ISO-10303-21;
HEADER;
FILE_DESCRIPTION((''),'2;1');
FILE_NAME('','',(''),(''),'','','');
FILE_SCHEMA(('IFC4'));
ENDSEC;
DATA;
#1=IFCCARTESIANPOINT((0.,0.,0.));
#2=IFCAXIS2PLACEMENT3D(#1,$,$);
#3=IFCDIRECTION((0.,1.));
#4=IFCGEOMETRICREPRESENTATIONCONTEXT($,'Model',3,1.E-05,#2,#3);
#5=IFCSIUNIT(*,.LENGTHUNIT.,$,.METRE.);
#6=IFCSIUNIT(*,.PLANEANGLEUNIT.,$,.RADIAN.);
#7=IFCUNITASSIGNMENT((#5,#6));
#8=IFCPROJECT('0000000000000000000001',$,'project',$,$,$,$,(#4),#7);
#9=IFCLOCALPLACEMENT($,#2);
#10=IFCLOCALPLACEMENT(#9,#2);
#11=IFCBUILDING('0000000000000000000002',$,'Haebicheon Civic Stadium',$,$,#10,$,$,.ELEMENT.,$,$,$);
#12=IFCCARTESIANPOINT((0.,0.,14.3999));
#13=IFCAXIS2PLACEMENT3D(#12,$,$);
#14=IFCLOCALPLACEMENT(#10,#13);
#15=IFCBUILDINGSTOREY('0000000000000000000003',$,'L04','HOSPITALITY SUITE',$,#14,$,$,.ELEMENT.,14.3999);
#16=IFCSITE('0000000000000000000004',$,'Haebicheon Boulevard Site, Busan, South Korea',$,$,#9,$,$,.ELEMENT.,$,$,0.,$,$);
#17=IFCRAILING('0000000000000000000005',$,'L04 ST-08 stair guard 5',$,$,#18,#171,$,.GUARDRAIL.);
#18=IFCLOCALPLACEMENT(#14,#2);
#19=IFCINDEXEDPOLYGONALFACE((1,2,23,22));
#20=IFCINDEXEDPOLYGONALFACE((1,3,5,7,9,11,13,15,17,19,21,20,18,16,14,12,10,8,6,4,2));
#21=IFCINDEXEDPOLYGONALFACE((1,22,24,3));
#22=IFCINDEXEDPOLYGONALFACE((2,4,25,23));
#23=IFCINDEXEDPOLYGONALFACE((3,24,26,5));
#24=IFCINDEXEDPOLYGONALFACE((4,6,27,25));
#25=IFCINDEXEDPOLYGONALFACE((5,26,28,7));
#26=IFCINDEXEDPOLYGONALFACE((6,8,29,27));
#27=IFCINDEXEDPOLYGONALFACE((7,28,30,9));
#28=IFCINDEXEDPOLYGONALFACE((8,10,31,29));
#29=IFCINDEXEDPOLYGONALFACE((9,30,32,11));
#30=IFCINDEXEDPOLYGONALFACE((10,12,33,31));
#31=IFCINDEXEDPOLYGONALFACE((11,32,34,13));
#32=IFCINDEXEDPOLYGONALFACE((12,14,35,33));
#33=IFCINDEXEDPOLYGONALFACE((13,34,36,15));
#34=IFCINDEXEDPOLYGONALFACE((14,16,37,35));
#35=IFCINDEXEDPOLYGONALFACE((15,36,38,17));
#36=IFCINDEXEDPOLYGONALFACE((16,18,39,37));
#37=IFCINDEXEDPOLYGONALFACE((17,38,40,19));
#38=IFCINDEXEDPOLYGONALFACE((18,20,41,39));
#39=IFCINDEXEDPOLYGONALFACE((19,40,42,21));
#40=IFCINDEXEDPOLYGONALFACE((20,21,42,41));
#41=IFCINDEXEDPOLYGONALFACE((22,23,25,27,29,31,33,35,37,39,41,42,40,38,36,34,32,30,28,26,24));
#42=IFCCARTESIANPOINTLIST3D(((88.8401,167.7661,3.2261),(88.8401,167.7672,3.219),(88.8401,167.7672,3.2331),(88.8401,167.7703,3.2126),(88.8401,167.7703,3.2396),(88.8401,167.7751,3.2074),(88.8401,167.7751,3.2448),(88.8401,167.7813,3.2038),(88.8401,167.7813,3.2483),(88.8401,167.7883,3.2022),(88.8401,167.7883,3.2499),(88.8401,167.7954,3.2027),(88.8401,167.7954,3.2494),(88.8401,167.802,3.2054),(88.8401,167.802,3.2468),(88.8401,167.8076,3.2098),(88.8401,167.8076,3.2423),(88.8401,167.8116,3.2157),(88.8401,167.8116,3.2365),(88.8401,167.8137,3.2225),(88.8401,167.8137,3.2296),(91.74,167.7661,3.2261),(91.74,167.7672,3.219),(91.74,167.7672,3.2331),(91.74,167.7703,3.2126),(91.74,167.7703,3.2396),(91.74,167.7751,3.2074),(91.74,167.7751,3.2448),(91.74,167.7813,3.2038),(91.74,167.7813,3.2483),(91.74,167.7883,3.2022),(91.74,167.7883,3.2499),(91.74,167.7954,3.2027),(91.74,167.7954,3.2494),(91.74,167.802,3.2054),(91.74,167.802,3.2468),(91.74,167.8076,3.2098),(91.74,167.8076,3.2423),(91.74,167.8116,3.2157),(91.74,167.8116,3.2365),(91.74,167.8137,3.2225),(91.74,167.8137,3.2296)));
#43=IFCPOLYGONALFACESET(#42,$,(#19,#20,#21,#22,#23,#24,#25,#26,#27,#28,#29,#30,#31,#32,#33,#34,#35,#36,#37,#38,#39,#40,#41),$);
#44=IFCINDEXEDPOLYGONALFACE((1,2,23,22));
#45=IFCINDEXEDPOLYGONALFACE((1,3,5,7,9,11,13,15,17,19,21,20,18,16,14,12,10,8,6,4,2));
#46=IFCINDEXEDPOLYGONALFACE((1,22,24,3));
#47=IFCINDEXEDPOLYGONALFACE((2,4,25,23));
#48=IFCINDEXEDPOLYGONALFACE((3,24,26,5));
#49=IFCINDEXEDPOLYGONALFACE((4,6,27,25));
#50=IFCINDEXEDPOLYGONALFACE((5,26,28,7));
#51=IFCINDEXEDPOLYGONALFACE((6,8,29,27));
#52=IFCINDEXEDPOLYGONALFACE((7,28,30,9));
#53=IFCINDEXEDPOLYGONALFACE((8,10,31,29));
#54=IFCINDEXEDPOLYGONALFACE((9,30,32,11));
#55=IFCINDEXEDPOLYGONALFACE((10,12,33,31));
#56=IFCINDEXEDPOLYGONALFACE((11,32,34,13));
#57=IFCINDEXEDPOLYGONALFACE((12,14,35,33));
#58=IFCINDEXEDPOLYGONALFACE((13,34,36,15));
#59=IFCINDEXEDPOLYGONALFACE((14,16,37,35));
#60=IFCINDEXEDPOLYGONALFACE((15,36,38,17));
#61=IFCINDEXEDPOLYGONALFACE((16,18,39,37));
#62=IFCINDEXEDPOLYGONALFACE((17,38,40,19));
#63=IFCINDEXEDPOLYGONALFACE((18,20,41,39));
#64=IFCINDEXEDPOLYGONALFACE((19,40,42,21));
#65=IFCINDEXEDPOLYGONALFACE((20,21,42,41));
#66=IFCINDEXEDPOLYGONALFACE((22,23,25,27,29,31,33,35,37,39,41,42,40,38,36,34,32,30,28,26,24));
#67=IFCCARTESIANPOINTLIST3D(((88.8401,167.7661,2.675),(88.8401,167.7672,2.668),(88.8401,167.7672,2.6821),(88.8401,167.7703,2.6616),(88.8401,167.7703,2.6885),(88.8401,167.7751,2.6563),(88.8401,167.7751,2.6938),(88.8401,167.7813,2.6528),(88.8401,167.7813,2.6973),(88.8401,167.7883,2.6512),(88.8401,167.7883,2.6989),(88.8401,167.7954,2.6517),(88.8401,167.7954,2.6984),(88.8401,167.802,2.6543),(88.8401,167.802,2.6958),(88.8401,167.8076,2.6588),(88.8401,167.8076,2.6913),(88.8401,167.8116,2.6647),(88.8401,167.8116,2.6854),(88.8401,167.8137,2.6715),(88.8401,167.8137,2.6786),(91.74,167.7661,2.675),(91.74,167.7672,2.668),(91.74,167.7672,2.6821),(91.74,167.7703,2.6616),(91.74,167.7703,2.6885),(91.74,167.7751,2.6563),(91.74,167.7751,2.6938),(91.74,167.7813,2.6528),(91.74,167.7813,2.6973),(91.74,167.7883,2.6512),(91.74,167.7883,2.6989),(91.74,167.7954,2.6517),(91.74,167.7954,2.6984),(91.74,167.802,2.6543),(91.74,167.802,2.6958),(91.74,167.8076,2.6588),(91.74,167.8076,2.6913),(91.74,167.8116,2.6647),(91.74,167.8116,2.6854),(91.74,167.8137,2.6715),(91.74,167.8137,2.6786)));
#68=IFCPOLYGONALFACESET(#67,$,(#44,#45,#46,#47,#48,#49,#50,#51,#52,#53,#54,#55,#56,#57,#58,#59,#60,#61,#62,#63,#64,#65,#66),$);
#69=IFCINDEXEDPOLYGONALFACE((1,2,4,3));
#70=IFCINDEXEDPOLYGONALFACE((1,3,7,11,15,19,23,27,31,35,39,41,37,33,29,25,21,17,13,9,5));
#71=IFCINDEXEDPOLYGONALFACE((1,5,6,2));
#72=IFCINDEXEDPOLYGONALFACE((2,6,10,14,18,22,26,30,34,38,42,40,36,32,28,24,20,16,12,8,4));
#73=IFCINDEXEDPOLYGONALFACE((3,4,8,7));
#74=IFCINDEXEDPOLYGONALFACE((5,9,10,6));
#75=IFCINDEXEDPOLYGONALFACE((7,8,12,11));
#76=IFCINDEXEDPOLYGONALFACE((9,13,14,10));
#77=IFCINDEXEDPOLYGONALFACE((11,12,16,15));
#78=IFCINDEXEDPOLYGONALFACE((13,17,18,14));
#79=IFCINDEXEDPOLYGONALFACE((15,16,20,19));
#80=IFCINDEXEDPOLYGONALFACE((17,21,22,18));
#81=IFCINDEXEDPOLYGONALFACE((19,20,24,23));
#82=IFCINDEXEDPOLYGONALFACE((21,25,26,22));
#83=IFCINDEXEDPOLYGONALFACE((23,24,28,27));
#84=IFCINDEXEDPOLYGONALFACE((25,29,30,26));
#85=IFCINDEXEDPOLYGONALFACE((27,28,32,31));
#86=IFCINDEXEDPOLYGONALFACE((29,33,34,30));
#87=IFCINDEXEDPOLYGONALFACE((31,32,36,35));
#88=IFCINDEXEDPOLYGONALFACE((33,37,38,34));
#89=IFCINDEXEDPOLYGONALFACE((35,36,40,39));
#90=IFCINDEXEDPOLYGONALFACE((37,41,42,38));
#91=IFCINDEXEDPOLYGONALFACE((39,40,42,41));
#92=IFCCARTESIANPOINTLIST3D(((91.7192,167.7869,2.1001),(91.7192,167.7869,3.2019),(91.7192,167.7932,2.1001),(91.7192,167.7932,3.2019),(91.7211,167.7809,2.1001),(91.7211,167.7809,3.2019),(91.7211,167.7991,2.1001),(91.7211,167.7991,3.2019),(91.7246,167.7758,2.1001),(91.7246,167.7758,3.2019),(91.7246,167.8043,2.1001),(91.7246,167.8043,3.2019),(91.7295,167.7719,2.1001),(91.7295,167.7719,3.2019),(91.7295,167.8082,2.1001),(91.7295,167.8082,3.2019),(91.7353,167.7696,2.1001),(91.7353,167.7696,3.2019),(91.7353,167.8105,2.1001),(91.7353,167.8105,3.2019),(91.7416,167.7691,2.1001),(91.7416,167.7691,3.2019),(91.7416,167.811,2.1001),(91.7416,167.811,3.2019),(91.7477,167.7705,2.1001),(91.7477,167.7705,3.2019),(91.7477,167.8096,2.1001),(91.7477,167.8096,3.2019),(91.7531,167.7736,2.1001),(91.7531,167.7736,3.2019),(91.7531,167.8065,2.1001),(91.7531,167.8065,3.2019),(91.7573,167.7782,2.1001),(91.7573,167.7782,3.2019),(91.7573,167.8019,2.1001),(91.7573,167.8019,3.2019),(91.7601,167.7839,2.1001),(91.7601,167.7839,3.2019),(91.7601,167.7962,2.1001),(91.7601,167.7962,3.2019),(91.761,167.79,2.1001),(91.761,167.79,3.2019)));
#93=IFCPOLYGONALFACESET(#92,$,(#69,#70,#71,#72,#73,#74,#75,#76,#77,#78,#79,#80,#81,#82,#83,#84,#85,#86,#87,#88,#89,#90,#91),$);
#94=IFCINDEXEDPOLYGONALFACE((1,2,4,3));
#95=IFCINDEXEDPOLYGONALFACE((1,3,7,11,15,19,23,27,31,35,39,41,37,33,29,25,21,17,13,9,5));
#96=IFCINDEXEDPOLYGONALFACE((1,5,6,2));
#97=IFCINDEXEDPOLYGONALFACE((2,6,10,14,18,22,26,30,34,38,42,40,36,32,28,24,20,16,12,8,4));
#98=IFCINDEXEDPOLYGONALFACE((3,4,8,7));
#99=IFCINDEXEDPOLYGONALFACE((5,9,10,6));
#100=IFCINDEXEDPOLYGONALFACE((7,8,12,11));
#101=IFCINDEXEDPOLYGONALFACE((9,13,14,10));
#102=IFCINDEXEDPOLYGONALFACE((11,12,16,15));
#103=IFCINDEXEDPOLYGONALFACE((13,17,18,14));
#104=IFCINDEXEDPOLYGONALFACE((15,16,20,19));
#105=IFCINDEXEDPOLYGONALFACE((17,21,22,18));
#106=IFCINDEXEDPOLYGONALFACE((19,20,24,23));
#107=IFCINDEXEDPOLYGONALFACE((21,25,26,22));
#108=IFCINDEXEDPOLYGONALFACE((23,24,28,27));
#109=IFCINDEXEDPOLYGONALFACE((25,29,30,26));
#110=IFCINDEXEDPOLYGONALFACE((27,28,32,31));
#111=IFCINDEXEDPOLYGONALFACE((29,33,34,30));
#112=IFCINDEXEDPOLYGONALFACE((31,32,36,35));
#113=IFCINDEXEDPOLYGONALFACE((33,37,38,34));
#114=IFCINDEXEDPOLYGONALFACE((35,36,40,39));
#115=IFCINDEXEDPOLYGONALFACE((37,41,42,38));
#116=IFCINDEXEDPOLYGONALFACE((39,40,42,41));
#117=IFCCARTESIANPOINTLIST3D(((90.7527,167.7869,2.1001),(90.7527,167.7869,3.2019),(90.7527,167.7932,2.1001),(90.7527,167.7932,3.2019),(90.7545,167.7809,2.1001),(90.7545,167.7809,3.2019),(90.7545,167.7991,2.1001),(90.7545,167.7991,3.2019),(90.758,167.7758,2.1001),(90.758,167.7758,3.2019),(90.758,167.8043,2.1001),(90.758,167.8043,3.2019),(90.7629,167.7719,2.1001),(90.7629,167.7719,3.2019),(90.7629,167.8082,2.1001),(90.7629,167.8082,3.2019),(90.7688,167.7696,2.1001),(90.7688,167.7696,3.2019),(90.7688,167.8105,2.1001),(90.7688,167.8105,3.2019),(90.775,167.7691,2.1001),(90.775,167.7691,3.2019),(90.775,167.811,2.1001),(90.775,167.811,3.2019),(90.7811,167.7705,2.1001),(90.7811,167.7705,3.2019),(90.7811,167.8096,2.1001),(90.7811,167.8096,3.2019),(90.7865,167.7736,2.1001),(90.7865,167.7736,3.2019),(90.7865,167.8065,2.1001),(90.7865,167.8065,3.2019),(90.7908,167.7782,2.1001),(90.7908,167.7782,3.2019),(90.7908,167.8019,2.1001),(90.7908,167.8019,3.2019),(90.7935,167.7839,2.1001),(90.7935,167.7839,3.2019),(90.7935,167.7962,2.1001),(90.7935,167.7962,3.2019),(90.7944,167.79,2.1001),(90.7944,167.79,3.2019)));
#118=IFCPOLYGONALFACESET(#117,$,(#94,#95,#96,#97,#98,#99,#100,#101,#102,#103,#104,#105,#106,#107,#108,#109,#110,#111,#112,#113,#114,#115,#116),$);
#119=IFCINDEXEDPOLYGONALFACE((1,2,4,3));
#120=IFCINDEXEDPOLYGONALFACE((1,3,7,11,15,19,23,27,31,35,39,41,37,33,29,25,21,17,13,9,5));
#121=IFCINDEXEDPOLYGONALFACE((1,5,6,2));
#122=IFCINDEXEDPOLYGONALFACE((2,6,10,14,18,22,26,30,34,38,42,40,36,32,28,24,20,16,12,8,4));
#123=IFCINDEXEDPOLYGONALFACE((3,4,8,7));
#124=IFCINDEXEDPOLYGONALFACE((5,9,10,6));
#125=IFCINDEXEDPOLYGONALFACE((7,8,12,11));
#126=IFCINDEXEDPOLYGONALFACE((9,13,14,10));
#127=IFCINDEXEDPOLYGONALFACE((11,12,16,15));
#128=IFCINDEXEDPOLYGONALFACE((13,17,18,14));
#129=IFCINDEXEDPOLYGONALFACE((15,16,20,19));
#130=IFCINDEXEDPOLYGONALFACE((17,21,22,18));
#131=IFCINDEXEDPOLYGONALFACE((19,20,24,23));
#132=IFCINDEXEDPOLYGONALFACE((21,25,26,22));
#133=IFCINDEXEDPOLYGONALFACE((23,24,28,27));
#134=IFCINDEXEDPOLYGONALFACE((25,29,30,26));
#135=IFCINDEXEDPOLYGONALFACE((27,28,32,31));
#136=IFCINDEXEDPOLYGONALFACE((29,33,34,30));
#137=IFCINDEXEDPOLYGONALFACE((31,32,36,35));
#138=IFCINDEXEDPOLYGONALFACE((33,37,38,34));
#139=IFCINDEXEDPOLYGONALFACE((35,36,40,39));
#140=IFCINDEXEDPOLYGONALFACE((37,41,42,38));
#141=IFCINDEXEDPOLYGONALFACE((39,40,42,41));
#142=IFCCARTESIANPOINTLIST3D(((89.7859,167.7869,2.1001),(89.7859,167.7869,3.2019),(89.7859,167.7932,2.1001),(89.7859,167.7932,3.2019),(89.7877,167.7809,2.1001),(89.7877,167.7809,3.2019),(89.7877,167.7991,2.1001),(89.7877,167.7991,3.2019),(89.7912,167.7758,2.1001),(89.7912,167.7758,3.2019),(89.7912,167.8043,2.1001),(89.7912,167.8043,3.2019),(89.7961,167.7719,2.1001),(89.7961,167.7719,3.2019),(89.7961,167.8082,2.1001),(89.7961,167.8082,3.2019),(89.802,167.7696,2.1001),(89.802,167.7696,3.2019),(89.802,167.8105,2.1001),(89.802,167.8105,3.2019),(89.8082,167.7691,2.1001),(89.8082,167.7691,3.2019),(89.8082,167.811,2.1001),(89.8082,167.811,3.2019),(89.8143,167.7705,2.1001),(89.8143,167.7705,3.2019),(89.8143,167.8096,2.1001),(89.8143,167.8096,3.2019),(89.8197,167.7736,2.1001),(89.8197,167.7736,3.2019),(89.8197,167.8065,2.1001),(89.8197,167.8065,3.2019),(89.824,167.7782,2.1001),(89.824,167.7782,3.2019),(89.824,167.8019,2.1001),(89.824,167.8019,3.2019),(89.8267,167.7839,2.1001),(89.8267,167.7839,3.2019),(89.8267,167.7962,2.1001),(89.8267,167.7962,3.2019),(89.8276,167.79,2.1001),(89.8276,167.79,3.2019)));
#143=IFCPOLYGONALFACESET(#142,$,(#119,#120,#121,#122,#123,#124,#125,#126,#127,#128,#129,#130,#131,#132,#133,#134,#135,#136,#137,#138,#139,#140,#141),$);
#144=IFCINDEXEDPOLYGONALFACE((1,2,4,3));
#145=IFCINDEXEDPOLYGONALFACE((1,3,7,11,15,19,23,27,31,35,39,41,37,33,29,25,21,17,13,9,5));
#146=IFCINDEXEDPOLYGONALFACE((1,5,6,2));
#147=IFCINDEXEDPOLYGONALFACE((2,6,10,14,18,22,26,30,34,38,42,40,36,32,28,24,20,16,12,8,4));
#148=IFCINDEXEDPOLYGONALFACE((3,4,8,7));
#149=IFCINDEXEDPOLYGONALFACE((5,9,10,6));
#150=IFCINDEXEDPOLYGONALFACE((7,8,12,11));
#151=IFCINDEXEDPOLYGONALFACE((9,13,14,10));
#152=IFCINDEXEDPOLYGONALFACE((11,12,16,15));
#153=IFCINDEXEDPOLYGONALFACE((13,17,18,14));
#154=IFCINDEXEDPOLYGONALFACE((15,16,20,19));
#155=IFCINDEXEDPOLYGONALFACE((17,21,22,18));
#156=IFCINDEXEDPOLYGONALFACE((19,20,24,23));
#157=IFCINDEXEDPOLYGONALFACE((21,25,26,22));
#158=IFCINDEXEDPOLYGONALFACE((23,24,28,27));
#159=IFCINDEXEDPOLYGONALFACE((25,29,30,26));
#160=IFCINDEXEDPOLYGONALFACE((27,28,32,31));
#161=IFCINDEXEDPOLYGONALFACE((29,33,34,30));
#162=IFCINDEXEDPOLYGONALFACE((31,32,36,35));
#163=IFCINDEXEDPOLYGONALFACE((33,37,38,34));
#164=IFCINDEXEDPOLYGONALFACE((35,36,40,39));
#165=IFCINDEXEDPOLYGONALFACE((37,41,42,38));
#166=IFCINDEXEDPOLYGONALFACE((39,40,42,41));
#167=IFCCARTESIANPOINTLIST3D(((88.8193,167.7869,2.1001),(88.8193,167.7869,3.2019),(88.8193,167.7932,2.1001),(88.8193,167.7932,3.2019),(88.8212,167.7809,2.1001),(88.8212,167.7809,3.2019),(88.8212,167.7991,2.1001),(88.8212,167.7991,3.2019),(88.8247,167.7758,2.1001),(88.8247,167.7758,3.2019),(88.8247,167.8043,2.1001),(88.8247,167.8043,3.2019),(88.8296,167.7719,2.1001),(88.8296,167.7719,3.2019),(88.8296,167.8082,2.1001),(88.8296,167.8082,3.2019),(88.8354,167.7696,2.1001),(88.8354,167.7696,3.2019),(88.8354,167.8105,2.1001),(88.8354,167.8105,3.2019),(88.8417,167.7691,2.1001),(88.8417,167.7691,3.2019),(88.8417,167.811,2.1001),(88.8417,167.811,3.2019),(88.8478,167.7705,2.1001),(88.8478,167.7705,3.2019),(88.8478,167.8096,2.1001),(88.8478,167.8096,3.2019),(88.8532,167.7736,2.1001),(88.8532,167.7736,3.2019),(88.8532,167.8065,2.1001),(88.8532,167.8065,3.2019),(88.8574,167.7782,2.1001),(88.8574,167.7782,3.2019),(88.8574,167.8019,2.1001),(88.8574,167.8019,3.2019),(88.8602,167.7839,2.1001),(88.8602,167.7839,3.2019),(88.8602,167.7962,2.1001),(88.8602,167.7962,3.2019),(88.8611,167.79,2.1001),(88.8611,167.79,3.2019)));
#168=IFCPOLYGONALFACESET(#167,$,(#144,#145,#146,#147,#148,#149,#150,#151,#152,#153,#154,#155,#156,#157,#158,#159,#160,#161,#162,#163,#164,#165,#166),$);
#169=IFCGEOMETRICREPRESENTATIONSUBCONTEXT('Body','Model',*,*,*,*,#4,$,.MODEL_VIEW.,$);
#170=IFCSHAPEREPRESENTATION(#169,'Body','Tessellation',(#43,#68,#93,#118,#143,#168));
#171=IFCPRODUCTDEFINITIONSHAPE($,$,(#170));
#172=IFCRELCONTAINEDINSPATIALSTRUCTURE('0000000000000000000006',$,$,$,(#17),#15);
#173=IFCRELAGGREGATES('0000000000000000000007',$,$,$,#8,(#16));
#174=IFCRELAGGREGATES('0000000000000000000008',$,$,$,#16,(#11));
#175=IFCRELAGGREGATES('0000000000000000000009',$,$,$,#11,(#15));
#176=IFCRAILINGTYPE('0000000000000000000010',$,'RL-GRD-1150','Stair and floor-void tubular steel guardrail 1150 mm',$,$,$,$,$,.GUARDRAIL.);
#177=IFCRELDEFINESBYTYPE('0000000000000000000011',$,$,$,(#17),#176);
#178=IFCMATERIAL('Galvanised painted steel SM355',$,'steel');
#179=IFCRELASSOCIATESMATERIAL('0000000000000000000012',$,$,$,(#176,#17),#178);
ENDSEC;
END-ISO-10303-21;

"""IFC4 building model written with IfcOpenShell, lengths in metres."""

from ifc_helpers import new_model, si_unit, direction, frame, origin, origin_2d, place, context, subcontext, project, spatial, circle, extrude, material, type_object, element, save


model = new_model("IFC4")

# Units and contexts
model_context = context("Model", 3, precision=1e-05, world=origin(), true_north=direction((0.0, 1.0)))
body_context = subcontext(model_context, "Body", "Model", "MODEL_VIEW")
ifc_project = project(units=[si_unit("LENGTHUNIT", "METRE"), si_unit("PLANEANGLEUNIT", "RADIAN")], contexts=[model_context])

# Site, building, storey
site_placement = place(None, origin())
site = spatial("IfcSite", under=ifc_project, at=site_placement, Name="Haebicheon Boulevard Site, Busan, South Korea", CompositionType="ELEMENT", RefElevation=0.0)
building_placement = place(site_placement, origin())
building = spatial("IfcBuilding", under=site, at=building_placement, Name="Haebicheon Civic Stadium", CompositionType="ELEMENT")
storey_placement = place(building_placement, frame((0.0, 0.0, 14.3999)))
storey = spatial("IfcBuildingStorey", under=building, at=storey_placement, Name="L04", Description="HOSPITALITY SUITE", CompositionType="ELEMENT", Elevation=14.3999)

# Railing
ifc_material_1 = material(Name="Galvanised painted steel SM355", Category="steel")
railing_type = type_object("IfcRailingType", Name="RL-GRD-1150", Description="Stair and floor-void tubular steel guardrail 1150 mm", PredefinedType="GUARDRAIL", material=ifc_material_1)
railing_1_placement = place(storey_placement, frame((91.74, 167.79, 2.1001)))
element("IfcRailing", 1, at=railing_1_placement, inside=storey, type_object=railing_type, material=ifc_material_1, Name="L04 ST-08 stair guard 5", PredefinedType="GUARDRAIL", context=body_context, shape_type="SweptSolid", body=[
    extrude(circle(Radius=0.0239, at=origin_2d()), frame((0.0, 0.0, 1.126), z_axis=(-1.0, 0.0, 0.0), x_axis=(0.0, -1.0, 0.0)), (0.0, 0.0, 1.0), 2.8999),
    extrude(circle(Radius=0.0239, at=origin_2d()), frame((0.0, 0.0, 0.575), z_axis=(-1.0, 0.0, 0.0), x_axis=(0.0, -1.0, 0.0)), (0.0, 0.0, 1.0), 2.8999),
    extrude(circle(Radius=0.021, at=origin_2d()), origin(), (0.0, 0.0, 1.0), 1.1018),
    extrude(circle(Radius=0.021, at=origin_2d()), frame((-0.9666, 0.0, 0.0)), (0.0, 0.0, 1.0), 1.1018),
    extrude(circle(Radius=0.021, at=origin_2d()), frame((-1.9333, 0.0, 0.0)), (0.0, 0.0, 1.0), 1.1018),
    extrude(circle(Radius=0.021, at=origin_2d()), frame((-2.8999, 0.0, 0.0)), (0.0, 0.0, 1.0), 1.1018),
])

save(model, "model.ifc")
